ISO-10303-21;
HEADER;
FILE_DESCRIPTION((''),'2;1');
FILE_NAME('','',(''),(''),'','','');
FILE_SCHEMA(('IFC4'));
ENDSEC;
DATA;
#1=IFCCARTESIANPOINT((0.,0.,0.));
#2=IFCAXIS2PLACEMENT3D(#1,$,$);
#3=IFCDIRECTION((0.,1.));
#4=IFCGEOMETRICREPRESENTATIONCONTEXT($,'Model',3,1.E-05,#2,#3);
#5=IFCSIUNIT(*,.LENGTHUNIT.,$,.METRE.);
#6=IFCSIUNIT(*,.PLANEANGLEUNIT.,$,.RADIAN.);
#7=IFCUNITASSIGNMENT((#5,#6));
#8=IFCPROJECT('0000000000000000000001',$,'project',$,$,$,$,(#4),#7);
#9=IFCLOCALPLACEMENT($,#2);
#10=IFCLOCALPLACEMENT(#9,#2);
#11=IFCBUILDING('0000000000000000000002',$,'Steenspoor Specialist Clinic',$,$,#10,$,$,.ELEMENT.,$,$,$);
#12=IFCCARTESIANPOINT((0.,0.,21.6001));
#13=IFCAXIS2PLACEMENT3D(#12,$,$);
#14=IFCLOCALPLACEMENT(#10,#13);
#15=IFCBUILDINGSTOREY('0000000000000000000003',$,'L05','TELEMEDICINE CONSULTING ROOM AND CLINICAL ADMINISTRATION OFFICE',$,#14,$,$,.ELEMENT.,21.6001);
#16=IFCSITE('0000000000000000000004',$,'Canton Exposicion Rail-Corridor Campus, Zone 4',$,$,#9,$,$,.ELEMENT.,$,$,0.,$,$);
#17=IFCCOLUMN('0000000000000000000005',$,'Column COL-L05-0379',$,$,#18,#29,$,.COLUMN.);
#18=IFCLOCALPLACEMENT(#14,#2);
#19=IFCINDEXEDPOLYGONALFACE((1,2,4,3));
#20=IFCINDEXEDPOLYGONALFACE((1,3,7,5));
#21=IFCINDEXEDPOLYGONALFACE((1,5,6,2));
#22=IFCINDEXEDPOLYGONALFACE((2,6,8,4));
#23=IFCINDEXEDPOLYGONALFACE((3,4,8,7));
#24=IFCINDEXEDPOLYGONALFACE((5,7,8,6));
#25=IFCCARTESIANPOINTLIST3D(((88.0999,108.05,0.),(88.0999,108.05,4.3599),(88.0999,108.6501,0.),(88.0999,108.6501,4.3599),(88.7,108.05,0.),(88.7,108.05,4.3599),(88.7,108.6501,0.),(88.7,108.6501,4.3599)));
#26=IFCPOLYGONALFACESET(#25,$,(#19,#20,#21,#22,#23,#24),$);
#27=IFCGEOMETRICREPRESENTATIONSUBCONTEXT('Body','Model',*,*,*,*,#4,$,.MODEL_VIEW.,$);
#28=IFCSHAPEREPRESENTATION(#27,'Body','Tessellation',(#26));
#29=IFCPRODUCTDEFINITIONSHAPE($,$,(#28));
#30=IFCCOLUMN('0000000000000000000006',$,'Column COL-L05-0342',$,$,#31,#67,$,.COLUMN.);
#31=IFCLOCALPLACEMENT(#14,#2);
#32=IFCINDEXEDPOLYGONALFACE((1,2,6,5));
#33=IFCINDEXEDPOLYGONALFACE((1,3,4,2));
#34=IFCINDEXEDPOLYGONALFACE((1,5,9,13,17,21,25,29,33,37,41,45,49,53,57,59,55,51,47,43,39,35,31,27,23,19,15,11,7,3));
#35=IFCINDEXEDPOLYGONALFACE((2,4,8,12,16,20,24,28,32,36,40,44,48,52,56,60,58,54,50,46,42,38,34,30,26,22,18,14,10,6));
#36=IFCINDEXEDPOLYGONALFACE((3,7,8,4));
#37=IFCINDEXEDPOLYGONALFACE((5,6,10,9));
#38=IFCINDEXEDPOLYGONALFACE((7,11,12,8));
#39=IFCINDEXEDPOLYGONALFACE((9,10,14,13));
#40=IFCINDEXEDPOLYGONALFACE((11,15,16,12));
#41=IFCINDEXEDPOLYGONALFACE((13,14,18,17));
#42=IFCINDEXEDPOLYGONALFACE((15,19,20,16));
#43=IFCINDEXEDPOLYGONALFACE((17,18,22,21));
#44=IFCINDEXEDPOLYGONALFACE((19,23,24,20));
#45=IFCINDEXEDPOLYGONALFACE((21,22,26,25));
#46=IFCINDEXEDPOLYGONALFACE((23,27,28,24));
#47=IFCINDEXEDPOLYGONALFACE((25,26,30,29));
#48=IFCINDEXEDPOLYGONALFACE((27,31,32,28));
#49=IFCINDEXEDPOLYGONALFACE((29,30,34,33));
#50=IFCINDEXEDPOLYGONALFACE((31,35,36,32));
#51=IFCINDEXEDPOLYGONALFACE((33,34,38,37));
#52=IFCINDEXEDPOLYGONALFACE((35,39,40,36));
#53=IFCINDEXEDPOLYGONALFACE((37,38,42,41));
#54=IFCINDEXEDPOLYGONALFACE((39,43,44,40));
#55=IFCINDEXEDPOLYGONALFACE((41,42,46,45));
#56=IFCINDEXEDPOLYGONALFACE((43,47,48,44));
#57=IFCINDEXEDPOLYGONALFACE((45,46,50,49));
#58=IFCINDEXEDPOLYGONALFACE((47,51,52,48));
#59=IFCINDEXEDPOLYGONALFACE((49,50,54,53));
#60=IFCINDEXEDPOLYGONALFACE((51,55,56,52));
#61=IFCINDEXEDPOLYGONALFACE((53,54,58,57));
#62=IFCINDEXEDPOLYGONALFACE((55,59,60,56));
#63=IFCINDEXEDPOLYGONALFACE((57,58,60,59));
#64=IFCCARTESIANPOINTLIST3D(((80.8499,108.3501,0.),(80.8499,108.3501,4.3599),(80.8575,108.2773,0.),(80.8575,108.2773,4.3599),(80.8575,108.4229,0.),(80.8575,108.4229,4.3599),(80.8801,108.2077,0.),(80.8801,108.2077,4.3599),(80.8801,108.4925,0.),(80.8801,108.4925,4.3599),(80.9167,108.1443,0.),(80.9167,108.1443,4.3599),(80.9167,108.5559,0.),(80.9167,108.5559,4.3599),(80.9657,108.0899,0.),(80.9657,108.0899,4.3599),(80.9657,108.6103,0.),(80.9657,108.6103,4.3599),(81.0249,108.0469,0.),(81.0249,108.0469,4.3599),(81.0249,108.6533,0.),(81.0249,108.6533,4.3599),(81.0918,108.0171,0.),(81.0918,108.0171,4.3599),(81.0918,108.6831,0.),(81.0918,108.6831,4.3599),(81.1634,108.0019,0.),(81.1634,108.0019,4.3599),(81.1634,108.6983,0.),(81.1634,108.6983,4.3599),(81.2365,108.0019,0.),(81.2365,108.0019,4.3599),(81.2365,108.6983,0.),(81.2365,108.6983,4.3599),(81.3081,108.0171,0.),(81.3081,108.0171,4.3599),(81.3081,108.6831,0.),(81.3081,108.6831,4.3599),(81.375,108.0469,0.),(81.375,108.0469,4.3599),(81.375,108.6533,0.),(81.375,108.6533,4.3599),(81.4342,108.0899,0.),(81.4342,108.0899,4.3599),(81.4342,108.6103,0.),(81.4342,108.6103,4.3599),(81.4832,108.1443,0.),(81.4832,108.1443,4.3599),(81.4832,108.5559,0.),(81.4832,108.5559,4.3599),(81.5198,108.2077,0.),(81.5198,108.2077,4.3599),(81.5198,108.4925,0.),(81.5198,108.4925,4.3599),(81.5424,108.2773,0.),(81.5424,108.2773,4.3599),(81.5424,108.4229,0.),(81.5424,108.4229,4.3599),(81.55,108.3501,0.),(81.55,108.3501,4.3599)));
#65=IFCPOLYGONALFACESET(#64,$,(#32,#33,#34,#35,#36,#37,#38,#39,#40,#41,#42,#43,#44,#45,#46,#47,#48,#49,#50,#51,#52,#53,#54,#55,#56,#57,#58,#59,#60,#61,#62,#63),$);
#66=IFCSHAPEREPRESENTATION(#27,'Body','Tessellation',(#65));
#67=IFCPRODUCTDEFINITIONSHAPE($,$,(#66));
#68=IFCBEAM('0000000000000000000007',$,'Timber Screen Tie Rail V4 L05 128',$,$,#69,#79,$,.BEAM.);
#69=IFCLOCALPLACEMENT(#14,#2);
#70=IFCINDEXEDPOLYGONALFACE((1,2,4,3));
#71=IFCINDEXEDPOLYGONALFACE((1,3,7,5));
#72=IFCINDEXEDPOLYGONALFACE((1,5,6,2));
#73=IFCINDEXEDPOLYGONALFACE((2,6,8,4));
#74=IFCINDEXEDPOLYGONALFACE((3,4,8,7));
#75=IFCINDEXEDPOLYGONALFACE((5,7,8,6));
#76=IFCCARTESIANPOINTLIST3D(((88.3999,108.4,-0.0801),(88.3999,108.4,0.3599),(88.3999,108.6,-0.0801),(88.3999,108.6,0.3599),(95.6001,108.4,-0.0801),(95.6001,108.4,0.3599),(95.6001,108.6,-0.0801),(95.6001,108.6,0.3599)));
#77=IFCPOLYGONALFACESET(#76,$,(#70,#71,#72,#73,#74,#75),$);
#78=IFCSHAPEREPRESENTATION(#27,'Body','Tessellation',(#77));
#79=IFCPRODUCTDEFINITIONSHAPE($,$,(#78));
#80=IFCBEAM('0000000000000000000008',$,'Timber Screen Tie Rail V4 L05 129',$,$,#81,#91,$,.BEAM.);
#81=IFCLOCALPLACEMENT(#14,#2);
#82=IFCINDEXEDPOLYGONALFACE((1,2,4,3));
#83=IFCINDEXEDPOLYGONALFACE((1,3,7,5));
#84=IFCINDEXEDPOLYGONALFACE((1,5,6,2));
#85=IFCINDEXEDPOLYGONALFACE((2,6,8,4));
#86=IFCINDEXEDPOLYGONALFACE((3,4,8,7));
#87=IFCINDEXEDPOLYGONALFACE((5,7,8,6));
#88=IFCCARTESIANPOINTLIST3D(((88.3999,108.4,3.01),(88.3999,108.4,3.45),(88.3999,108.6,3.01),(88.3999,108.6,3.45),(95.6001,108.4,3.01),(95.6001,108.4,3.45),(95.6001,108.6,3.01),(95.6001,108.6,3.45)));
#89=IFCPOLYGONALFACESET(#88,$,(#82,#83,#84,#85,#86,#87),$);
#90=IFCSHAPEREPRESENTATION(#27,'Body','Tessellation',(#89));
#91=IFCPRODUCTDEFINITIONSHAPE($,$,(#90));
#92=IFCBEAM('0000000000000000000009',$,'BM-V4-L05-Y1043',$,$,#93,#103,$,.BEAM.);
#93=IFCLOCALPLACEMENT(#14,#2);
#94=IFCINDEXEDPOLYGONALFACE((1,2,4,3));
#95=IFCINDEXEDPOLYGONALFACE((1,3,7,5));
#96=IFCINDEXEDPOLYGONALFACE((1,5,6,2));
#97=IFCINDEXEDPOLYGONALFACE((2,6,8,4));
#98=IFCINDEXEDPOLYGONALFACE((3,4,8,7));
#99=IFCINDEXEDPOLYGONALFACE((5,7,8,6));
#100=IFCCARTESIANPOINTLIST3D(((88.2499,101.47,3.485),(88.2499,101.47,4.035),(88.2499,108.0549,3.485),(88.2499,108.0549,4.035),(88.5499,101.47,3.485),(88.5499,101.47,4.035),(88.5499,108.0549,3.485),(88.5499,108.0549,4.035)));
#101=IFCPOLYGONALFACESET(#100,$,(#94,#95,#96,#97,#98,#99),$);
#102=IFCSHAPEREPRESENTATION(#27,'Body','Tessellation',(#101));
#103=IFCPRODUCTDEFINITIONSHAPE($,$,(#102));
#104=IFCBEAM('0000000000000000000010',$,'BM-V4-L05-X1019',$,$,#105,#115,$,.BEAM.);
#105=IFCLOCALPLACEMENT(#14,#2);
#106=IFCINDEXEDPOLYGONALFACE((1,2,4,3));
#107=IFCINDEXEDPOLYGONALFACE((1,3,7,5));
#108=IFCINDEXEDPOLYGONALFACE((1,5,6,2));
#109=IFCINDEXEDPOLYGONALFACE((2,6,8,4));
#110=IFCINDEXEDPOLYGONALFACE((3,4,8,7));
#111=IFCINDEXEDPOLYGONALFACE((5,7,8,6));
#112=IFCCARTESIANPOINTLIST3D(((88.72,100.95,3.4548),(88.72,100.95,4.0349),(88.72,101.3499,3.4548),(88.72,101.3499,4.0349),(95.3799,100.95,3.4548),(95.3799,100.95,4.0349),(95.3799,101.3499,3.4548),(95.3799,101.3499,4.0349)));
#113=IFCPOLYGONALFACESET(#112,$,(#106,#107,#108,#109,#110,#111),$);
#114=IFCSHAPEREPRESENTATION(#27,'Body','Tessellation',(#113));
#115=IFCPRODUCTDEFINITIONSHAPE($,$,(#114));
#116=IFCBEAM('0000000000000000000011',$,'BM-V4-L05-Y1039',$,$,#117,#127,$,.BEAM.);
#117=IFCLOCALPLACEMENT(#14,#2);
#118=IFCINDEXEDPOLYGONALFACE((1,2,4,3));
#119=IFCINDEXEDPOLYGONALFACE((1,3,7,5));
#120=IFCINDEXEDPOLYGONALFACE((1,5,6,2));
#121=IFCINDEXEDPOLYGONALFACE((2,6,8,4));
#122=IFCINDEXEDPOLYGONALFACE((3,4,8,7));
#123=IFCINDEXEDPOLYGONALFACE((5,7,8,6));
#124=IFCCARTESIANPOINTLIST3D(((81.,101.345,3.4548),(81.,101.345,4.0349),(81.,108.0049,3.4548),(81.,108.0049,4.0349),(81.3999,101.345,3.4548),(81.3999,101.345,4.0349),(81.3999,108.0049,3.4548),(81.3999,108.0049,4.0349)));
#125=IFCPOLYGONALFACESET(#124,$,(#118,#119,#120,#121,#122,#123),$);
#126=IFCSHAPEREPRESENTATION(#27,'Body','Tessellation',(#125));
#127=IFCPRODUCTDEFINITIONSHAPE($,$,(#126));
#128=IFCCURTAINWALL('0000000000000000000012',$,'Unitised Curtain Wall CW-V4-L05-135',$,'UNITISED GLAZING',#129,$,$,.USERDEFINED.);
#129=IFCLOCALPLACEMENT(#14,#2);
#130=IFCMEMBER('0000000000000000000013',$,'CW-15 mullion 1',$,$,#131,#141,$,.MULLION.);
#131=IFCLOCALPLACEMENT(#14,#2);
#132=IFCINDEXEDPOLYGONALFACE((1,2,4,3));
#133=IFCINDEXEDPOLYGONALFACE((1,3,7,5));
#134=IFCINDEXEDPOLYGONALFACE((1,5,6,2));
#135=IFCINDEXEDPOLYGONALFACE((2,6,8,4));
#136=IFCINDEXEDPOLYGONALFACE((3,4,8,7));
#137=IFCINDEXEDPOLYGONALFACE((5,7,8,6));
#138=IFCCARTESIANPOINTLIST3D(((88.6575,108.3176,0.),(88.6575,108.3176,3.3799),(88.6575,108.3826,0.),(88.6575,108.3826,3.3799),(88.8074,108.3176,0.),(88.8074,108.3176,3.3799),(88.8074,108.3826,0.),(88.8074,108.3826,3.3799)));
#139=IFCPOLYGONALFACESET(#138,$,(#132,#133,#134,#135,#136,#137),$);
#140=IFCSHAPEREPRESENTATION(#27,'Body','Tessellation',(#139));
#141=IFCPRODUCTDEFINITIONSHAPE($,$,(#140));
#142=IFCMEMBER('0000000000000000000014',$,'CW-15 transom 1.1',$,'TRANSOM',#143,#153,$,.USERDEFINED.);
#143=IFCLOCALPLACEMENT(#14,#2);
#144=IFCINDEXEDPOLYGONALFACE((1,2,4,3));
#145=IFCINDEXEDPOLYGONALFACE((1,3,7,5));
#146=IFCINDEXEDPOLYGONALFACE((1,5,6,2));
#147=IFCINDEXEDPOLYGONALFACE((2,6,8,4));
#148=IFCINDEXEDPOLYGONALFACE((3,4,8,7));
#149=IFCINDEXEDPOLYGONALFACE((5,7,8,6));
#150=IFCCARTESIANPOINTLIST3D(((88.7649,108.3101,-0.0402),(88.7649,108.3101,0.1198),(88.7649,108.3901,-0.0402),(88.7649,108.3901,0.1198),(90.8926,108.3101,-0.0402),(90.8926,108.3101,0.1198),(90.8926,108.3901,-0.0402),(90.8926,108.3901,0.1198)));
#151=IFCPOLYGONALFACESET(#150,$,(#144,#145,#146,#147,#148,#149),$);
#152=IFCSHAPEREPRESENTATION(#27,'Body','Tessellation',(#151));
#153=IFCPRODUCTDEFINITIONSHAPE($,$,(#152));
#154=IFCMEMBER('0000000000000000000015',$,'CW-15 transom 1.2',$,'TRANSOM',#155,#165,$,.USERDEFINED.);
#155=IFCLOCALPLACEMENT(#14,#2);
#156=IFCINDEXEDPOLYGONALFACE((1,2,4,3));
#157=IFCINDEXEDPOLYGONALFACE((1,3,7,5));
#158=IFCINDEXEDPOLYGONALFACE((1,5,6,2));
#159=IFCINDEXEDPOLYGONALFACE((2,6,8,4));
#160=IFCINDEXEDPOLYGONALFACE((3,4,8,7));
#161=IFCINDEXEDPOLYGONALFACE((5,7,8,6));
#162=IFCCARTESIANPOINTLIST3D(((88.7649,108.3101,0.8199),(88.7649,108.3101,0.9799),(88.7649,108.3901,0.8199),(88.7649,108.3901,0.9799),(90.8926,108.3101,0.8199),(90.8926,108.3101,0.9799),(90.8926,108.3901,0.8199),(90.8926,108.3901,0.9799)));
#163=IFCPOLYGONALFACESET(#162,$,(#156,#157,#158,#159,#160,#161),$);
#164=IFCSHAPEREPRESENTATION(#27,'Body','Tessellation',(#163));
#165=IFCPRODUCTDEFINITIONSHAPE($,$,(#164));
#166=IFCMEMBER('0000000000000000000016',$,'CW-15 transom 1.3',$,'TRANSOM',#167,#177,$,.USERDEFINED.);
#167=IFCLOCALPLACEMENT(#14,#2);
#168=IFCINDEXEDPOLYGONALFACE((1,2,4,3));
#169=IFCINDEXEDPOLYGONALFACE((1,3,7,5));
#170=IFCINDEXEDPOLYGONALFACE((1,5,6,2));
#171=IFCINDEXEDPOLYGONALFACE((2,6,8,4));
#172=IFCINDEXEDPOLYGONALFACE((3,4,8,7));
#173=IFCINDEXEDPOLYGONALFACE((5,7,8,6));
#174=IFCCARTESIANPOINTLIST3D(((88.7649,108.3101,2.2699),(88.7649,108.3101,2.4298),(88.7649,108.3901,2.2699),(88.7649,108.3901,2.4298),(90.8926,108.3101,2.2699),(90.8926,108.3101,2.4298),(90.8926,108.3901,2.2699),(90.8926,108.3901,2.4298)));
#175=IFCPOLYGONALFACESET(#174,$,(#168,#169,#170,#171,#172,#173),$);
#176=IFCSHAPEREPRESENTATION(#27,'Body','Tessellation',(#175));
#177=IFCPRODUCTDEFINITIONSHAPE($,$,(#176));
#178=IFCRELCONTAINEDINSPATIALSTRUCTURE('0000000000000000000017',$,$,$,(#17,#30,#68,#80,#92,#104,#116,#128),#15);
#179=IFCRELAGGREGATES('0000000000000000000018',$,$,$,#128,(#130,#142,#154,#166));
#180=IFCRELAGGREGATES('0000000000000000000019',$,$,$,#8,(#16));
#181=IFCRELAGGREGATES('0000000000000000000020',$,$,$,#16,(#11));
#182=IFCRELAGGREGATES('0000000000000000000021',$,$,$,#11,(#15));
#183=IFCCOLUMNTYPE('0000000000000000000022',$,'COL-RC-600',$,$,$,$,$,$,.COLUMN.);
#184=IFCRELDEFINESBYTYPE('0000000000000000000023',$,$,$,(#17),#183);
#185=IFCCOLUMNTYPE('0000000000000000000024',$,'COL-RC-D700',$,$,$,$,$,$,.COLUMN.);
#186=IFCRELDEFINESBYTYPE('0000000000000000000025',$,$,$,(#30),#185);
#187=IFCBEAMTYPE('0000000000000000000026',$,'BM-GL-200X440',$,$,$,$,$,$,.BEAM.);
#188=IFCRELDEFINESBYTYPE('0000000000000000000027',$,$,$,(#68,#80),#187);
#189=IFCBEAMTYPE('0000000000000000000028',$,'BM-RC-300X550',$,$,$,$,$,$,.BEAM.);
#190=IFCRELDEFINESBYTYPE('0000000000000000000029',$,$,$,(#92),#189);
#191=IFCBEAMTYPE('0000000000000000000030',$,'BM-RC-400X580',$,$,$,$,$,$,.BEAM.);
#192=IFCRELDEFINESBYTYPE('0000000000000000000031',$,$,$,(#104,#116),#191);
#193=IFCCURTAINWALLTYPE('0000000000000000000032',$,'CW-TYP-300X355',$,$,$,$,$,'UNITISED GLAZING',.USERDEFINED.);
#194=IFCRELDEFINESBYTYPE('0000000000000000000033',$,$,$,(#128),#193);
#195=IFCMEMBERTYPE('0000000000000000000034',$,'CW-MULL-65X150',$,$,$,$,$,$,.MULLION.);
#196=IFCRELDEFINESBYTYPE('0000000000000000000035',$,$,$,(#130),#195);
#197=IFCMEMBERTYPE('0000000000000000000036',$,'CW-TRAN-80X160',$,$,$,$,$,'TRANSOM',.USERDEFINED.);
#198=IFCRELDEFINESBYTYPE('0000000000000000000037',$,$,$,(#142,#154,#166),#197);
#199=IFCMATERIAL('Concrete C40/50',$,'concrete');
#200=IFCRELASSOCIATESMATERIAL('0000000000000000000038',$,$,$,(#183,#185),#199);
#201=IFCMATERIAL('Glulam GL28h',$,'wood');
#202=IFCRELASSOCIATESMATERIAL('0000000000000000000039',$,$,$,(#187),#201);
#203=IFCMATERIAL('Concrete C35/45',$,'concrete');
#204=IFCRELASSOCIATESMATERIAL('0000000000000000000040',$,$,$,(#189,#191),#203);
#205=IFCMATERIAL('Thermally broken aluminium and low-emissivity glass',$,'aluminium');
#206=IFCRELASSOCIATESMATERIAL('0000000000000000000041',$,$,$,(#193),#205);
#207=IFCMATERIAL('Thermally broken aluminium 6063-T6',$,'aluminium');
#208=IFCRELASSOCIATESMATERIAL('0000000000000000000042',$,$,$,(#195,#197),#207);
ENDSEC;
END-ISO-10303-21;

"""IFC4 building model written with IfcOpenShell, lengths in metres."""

from ifc_helpers import new_model, si_unit, direction, frame, origin, origin_2d, place, context, subcontext, project, spatial, rectangle, circle, extrude, material, material_profile, profile_set, type_object, element, aggregate, save


model = new_model("IFC4")

# Units and contexts
model_context = context("Model", 3, precision=1e-05, world=origin(), true_north=direction((0.0, 1.0)))
body_context = subcontext(model_context, "Body", "Model", "MODEL_VIEW")
ifc_project = project(units=[si_unit("LENGTHUNIT", "METRE"), si_unit("PLANEANGLEUNIT", "RADIAN")], contexts=[model_context])

# Site, building, storey
site_placement = place(None, origin())
site = spatial("IfcSite", under=ifc_project, at=site_placement, Name="Canton Exposicion Rail-Corridor Campus, Zone 4", CompositionType="ELEMENT", RefElevation=0.0)
building_placement = place(site_placement, origin())
building = spatial("IfcBuilding", under=site, at=building_placement, Name="Steenspoor Specialist Clinic", CompositionType="ELEMENT")
storey_placement = place(building_placement, frame((0.0, 0.0, 21.6001)))
storey = spatial("IfcBuildingStorey", under=building, at=storey_placement, Name="L05", Description="TELEMEDICINE CONSULTING ROOM AND CLINICAL ADMINISTRATION OFFICE", CompositionType="ELEMENT", Elevation=21.6001)

# Columns
ifc_material_1 = material(Name="Concrete C40/50", Category="concrete")
ifc_material_profile_1 = material_profile(ifc_material_1, rectangle(XDim=0.6001, YDim=0.6001, at=origin_2d()), Name="RC-COL-600X600")
ifc_profile_set_1 = profile_set([ifc_material_profile_1], Name="Concrete C40/50")
column_type_1 = type_object("IfcColumnType", Name="COL-RC-600", PredefinedType="COLUMN", material=ifc_profile_set_1)
column_1_placement = place(storey_placement, frame((88.3999, 108.3501, 0.0), z_axis=(0.0, 0.0, 1.0), x_axis=(1.0, 0.0, 0.0)))
element("IfcColumn", 1, at=column_1_placement, inside=storey, type_object=column_type_1, Name="Column COL-L05-0379", PredefinedType="COLUMN", context=body_context, shape_type="SweptSolid", body=[
    extrude(rectangle(XDim=0.6001, YDim=0.6001, at=origin_2d()), origin(), (0.0, 0.0, 1.0), 4.3599),
])
ifc_material_profile_2 = material_profile(ifc_material_1, circle(Radius=0.3501, at=origin_2d()), Name="RC-COL-D700")
ifc_profile_set_2 = profile_set([ifc_material_profile_2], Name="Concrete C40/50")
column_type_2 = type_object("IfcColumnType", Name="COL-RC-D700", PredefinedType="COLUMN", material=ifc_profile_set_2)
column_2_placement = place(storey_placement, frame((81.2, 108.3501, 0.0), z_axis=(0.0, 0.0, 1.0), x_axis=(1.0, 0.0, 0.0)))
element("IfcColumn", 2, at=column_2_placement, inside=storey, type_object=column_type_2, Name="Column COL-L05-0342", PredefinedType="COLUMN", context=body_context, shape_type="SweptSolid", body=[
    extrude(circle(Radius=0.3501, at=origin_2d()), origin(), (0.0, 0.0, 1.0), 4.3599),
])

# Beams
ifc_material_2 = material(Name="Glulam GL28h", Category="wood")
ifc_material_profile_3 = material_profile(ifc_material_2, rectangle(XDim=0.2, YDim=0.4399, at=origin_2d()), Name="GL28H-200X440")
ifc_profile_set_3 = profile_set([ifc_material_profile_3], Name="Glulam GL28h")
beam_type_1 = type_object("IfcBeamType", Name="BM-GL-200X440", PredefinedType="BEAM", material=ifc_profile_set_3)
for number, where, z_axis, x_axis, name in (
    (3, (88.3999, 108.5, 0.1399), (1.0, 0.0, 0.0), (0.0, 1.0, 0.0), "Timber Screen Tie Rail V4 L05 128"),
    (4, (88.3999, 108.5, 3.23), (1.0, 0.0, 0.0), (0.0, 1.0, 0.0), "Timber Screen Tie Rail V4 L05 129"),
):
    element("IfcBeam", number, at=place(storey_placement, frame(where, z_axis=z_axis, x_axis=x_axis)), inside=storey, type_object=beam_type_1, Name=name, PredefinedType="BEAM", context=body_context, shape_type="SweptSolid", body=[
        extrude(rectangle(XDim=0.2, YDim=0.4399, at=origin_2d()), origin(), (0.0, 0.0, 1.0), 7.2002),
    ])
ifc_material_3 = material(Name="Concrete C35/45", Category="concrete")
ifc_material_profile_4 = material_profile(ifc_material_3, rectangle(XDim=0.3, YDim=0.55, at=origin_2d()), Name="RC-BM-300X550")
ifc_profile_set_4 = profile_set([ifc_material_profile_4], Name="Concrete C35/45")
beam_type_2 = type_object("IfcBeamType", Name="BM-RC-300X550", PredefinedType="BEAM", material=ifc_profile_set_4)
beam_1_placement = place(storey_placement, frame((88.3999, 101.47, 3.76), z_axis=(0.0, 1.0, 0.0), x_axis=(-1.0, 0.0, 0.0)))
element("IfcBeam", 5, at=beam_1_placement, inside=storey, type_object=beam_type_2, Name="BM-V4-L05-Y1043", PredefinedType="BEAM", context=body_context, shape_type="SweptSolid", body=[
    extrude(rectangle(XDim=0.3, YDim=0.55, at=origin_2d()), origin(), (0.0, 0.0, 1.0), 6.585),
])
ifc_material_profile_5 = material_profile(ifc_material_3, rectangle(XDim=0.3999, YDim=0.5801, at=origin_2d()), Name="RC-BM-400X580")
ifc_profile_set_5 = profile_set([ifc_material_profile_5], Name="Concrete C35/45")
beam_type_3 = type_object("IfcBeamType", Name="BM-RC-400X580", PredefinedType="BEAM", material=ifc_profile_set_5)
for number, where, z_axis, x_axis, name in (
    (6, (88.72, 101.1499, 3.7449), (1.0, 0.0, 0.0), (0.0, 1.0, 0.0), "BM-V4-L05-X1019"),
    (7, (81.2, 101.345, 3.7449), (0.0, 1.0, 0.0), (-1.0, 0.0, 0.0), "BM-V4-L05-Y1039"),
):
    element("IfcBeam", number, at=place(storey_placement, frame(where, z_axis=z_axis, x_axis=x_axis)), inside=storey, type_object=beam_type_3, Name=name, PredefinedType="BEAM", context=body_context, shape_type="SweptSolid", body=[
        extrude(rectangle(XDim=0.3999, YDim=0.5801, at=origin_2d()), origin(), (0.0, 0.0, 1.0), 6.6599),
    ])

# Curtain wall, members
ifc_material_4 = material(Name="Thermally broken aluminium and low-emissivity glass", Category="aluminium")
curtain_wall_type = type_object("IfcCurtainWallType", Name="CW-TYP-300X355", ElementType="UNITISED GLAZING", PredefinedType="USERDEFINED", material=ifc_material_4)
curtain_wall_placement = place(storey_placement, origin())
curtain_wall = element("IfcCurtainWall", 8, at=curtain_wall_placement, inside=storey, type_object=curtain_wall_type, Name="Unitised Curtain Wall CW-V4-L05-135", ObjectType="UNITISED GLAZING", PredefinedType="USERDEFINED")
ifc_material_5 = material(Name="Thermally broken aluminium 6063-T6", Category="aluminium")
ifc_material_profile_6 = material_profile(ifc_material_5, rectangle(XDim=0.0649, YDim=0.1499, at=origin_2d()), Name="CWM-65X150")
ifc_profile_set_6 = profile_set([ifc_material_profile_6], Name="Thermally broken aluminium 6063-T6")
member_type_1 = type_object("IfcMemberType", Name="CW-MULL-65X150", PredefinedType="MULLION", material=ifc_profile_set_6)
member_1_placement = place(storey_placement, frame((88.7324, 108.3501, 0.0), z_axis=(0.0, 0.0, 1.0), x_axis=(0.0, 1.0, 0.0)))
member_1 = element("IfcMember", 9, at=member_1_placement, type_object=member_type_1, Name="CW-15 mullion 1", PredefinedType="MULLION", context=body_context, shape_type="SweptSolid", body=[
    extrude(rectangle(XDim=0.0649, YDim=0.1499, at=origin_2d()), origin(), (0.0, 0.0, 1.0), 3.3799),
])
ifc_material_profile_7 = material_profile(ifc_material_5, rectangle(XDim=0.0801, YDim=0.1599, at=origin_2d()), Name="CWT-80X160")
ifc_profile_set_7 = profile_set([ifc_material_profile_7], Name="Thermally broken aluminium 6063-T6")
member_type_2 = type_object("IfcMemberType", Name="CW-TRAN-80X160", ElementType="TRANSOM", PredefinedType="USERDEFINED", material=ifc_profile_set_7)
member_2_placement = place(storey_placement, frame((88.7649, 108.3501, 0.0398), z_axis=(1.0, 0.0, 0.0), x_axis=(0.0, 1.0, 0.0)))
member_2 = element("IfcMember", 10, at=member_2_placement, type_object=member_type_2, Name="CW-15 transom 1.1", ObjectType="TRANSOM", PredefinedType="USERDEFINED", context=body_context, shape_type="SweptSolid", body=[
    extrude(rectangle(XDim=0.0801, YDim=0.1599, at=origin_2d()), origin(), (0.0, 0.0, 1.0), 2.1277),
])
member_3_placement = place(storey_placement, frame((88.7649, 108.3501, 0.8999), z_axis=(1.0, 0.0, 0.0), x_axis=(0.0, 1.0, 0.0)))
member_3 = element("IfcMember", 11, at=member_3_placement, type_object=member_type_2, Name="CW-15 transom 1.2", ObjectType="TRANSOM", PredefinedType="USERDEFINED", context=body_context, shape_type="SweptSolid", body=[
    extrude(rectangle(XDim=0.0801, YDim=0.1599, at=origin_2d()), origin(), (0.0, 0.0, 1.0), 2.1277),
])
member_4_placement = place(storey_placement, frame((88.7649, 108.3501, 2.3499), z_axis=(1.0, 0.0, 0.0), x_axis=(0.0, 1.0, 0.0)))
member_4 = element("IfcMember", 12, at=member_4_placement, type_object=member_type_2, Name="CW-15 transom 1.3", ObjectType="TRANSOM", PredefinedType="USERDEFINED", context=body_context, shape_type="SweptSolid", body=[
    extrude(rectangle(XDim=0.0801, YDim=0.1599, at=origin_2d()), origin(), (0.0, 0.0, 1.0), 2.1277),
])
aggregate(curtain_wall, [member_1, member_2, member_3, member_4])

save(model, "model.ifc")
